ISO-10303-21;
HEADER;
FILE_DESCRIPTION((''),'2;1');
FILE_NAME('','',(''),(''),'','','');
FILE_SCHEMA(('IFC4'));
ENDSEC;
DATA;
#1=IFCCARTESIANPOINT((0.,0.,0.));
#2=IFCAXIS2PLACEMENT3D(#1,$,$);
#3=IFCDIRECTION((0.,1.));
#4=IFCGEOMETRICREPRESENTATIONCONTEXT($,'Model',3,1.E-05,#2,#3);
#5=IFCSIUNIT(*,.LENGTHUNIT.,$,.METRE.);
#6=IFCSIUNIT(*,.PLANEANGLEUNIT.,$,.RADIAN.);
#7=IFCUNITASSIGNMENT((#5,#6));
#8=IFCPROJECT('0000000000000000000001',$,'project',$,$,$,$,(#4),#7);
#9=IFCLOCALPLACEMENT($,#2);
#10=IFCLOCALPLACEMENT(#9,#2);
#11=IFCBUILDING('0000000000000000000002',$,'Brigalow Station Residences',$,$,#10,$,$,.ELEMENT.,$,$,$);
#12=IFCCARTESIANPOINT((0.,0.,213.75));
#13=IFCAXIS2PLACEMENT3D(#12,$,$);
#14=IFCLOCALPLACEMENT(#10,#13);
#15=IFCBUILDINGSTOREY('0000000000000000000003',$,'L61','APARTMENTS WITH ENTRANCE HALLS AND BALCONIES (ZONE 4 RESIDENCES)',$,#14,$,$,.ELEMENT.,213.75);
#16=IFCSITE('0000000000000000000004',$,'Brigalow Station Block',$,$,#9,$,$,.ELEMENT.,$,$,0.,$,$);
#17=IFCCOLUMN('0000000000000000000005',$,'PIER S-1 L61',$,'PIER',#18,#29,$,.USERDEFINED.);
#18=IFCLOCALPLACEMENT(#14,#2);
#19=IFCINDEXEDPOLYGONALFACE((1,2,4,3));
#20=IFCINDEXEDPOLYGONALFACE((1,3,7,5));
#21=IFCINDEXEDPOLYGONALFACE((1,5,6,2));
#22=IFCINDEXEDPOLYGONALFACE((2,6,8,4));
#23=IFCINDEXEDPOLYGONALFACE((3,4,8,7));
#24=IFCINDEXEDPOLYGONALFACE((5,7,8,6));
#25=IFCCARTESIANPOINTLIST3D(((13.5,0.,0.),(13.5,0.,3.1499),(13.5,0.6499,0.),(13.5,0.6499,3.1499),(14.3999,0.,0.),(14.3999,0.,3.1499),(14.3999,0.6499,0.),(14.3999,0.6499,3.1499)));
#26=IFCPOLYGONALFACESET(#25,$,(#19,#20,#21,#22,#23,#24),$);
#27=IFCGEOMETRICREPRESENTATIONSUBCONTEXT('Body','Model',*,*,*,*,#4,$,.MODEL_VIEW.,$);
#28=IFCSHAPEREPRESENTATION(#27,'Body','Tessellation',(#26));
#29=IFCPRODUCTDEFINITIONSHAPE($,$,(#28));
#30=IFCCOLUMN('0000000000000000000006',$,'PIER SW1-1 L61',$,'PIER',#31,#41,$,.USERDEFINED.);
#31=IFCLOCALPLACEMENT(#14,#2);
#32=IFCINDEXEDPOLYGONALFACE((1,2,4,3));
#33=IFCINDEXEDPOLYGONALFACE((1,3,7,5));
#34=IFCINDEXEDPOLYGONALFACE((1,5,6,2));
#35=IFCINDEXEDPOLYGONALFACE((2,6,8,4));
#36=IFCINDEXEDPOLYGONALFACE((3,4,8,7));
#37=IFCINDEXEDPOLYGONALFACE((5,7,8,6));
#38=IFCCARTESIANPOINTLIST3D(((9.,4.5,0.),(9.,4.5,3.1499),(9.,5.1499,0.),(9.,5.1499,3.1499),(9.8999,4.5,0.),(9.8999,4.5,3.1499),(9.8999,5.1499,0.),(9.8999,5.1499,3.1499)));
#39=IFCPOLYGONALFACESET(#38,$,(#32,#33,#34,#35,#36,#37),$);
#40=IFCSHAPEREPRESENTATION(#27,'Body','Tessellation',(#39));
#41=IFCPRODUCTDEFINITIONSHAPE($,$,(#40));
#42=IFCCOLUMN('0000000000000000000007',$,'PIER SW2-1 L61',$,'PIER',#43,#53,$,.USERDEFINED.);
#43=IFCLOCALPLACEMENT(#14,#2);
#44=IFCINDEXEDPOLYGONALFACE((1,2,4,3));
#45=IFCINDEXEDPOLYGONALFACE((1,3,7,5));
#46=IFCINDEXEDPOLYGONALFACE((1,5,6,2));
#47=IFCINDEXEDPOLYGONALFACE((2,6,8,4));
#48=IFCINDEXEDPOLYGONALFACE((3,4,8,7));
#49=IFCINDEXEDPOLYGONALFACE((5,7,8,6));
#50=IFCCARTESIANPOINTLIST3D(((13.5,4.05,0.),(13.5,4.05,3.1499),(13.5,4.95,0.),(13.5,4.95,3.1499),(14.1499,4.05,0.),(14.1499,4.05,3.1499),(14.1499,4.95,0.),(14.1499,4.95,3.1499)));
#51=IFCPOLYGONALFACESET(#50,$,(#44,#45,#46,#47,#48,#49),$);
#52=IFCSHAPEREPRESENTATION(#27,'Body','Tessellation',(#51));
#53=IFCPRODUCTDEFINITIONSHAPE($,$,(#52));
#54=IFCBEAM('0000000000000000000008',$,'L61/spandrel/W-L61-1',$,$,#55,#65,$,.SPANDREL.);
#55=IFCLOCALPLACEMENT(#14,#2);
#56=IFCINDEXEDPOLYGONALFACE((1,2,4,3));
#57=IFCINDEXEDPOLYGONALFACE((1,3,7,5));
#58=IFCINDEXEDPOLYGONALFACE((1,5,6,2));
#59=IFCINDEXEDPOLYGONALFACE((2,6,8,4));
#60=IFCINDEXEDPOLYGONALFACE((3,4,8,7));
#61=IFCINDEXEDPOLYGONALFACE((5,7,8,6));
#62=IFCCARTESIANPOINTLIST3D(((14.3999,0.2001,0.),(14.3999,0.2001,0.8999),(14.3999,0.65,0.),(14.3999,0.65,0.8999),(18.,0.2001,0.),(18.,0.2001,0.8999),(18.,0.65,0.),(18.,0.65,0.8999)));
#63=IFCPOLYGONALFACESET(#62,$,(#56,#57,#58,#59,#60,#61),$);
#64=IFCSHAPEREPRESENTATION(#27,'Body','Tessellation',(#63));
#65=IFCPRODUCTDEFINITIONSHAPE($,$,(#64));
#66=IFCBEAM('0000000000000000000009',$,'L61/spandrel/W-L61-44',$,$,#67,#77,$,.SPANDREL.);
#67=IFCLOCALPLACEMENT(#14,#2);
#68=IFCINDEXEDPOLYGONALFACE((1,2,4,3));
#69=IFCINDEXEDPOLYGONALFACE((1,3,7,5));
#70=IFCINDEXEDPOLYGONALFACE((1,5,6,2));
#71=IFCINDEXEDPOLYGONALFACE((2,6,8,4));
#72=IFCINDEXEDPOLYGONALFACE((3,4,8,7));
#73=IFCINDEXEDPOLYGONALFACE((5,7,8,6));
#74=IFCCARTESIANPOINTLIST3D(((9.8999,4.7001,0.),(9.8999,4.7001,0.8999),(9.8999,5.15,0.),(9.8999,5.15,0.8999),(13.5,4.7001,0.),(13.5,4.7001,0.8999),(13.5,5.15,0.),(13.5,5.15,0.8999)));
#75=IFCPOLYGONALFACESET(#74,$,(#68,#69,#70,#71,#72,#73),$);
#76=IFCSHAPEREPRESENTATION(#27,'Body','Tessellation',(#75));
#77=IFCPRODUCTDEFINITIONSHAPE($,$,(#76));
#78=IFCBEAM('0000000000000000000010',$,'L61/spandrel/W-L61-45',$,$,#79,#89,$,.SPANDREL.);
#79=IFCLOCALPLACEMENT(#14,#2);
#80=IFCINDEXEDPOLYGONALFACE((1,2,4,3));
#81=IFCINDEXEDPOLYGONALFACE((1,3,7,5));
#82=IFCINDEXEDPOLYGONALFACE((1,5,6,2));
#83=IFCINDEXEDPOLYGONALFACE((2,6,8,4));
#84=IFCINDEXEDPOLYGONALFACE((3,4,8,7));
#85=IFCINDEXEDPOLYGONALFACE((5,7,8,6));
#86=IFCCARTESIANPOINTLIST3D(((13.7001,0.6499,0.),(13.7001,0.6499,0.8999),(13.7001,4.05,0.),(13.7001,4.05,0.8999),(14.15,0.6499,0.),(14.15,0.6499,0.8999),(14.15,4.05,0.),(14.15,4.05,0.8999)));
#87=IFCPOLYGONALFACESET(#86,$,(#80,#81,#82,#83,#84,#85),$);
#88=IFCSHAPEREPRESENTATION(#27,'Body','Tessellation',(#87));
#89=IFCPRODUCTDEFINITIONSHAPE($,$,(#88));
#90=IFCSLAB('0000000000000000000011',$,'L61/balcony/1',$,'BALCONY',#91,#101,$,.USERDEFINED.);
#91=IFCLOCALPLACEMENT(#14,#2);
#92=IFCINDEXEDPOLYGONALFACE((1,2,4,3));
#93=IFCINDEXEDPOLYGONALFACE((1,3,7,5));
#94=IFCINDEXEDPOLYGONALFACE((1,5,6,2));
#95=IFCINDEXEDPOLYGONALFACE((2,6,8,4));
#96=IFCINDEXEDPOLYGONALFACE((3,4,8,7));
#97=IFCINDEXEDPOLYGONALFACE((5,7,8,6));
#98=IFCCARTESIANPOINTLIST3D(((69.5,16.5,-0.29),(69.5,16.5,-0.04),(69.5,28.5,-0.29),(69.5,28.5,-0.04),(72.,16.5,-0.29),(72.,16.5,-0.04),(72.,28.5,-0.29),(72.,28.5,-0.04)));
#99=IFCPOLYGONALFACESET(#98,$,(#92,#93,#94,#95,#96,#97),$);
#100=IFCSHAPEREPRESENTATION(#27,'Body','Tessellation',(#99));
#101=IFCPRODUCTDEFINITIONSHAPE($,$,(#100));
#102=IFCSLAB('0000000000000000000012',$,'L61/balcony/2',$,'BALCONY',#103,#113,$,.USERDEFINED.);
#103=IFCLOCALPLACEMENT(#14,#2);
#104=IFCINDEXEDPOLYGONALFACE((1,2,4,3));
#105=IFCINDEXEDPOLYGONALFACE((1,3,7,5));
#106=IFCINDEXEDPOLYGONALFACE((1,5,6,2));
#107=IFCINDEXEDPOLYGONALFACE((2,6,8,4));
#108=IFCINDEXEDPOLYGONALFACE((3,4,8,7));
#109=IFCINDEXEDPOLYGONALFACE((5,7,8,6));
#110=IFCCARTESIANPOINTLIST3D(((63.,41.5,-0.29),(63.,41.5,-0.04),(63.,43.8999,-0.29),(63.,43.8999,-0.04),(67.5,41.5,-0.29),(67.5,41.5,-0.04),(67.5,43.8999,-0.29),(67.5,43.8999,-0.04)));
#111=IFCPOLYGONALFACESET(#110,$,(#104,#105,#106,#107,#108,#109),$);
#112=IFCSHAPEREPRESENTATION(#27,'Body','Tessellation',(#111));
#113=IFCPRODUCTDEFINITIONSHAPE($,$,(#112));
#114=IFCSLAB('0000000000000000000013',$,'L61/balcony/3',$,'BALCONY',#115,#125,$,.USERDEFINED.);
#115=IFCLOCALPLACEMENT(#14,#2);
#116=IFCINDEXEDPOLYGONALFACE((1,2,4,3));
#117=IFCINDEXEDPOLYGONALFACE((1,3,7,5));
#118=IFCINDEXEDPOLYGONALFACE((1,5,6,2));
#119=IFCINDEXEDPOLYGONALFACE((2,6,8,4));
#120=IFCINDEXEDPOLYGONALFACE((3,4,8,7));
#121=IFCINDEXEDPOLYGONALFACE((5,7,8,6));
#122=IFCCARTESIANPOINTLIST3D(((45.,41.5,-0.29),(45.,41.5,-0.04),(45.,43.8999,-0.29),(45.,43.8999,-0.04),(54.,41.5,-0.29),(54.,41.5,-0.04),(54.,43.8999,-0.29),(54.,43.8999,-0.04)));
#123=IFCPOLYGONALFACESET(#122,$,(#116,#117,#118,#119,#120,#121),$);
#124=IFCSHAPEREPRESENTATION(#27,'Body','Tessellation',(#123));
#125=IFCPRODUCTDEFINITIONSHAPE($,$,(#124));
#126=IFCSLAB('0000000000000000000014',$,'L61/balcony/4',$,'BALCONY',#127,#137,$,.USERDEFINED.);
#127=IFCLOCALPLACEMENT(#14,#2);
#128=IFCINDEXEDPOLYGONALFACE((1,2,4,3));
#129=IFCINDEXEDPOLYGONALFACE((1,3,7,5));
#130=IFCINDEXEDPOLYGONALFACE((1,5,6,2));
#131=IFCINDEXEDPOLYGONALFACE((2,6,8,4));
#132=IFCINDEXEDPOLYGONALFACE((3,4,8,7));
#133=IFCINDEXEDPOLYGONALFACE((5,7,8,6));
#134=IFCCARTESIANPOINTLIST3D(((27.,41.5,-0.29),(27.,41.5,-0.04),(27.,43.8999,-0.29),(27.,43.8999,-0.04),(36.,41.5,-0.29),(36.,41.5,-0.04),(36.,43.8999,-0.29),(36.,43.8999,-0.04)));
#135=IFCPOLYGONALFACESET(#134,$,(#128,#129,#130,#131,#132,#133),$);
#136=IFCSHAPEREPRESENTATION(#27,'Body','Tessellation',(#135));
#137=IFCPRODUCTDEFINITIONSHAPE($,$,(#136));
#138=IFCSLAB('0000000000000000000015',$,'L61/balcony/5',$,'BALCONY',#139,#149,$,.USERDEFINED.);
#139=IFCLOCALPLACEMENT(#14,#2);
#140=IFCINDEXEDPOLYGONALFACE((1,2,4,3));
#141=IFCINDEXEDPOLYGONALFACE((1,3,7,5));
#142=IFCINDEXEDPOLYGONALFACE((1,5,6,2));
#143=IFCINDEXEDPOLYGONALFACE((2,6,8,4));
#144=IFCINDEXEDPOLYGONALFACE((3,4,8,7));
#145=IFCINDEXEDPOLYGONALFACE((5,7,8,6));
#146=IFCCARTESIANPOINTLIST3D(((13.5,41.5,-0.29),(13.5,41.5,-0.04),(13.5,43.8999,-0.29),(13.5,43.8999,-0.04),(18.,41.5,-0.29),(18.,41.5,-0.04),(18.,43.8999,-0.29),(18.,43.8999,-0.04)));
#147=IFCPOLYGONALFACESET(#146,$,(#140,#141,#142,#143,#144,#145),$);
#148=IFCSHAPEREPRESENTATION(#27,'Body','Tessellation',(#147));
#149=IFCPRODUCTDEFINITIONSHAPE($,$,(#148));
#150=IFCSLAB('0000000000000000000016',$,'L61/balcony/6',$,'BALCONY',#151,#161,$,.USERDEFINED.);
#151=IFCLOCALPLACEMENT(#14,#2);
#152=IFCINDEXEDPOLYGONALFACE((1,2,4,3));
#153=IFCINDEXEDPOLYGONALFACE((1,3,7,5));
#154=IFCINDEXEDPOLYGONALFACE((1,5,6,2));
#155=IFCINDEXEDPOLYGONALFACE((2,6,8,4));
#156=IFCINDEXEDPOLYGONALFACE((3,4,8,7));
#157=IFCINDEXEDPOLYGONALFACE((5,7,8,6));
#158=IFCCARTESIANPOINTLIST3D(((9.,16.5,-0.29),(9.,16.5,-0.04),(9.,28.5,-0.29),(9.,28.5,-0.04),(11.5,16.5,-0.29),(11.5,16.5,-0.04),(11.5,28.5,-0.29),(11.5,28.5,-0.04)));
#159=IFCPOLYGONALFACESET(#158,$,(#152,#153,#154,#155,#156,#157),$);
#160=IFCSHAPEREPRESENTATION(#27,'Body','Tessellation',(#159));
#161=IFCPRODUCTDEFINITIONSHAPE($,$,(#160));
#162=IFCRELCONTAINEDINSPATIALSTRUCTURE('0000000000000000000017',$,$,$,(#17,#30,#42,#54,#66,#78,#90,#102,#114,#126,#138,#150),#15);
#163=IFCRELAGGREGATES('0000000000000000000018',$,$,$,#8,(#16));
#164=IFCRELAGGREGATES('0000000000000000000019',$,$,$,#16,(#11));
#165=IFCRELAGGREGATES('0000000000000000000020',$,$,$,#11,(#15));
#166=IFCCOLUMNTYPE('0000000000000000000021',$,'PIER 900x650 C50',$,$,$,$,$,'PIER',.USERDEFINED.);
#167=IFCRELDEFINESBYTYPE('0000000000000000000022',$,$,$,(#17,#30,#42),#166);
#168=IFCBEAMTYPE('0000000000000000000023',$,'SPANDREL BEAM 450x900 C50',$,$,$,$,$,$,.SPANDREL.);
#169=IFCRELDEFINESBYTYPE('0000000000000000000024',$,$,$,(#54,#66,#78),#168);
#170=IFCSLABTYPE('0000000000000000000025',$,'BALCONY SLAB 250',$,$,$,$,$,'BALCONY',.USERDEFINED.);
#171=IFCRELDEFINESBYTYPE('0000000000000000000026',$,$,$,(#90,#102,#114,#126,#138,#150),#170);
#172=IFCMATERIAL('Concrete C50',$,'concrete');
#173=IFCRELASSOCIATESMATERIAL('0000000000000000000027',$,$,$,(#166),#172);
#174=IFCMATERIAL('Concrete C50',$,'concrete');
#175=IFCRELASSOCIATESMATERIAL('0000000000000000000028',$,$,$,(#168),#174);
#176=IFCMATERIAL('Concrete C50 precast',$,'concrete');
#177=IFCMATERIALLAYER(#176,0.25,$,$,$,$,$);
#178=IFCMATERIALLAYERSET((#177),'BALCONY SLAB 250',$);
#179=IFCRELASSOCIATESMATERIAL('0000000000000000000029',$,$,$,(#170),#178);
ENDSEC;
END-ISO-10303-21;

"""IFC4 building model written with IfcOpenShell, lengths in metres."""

from ifc_helpers import new_model, si_unit, direction, frame, origin, origin_2d, place, context, subcontext, project, spatial, polyline, rectangle, outline, extrude, material, layer, layer_set, material_profile, profile_set, type_object, element, save


model = new_model("IFC4")

# Units and contexts
model_context = context("Model", 3, precision=1e-05, world=origin(), true_north=direction((0.0, 1.0)))
body_context = subcontext(model_context, "Body", "Model", "MODEL_VIEW")
ifc_project = project(units=[si_unit("LENGTHUNIT", "METRE"), si_unit("PLANEANGLEUNIT", "RADIAN")], contexts=[model_context])

# Site, building, storey
site_placement = place(None, origin())
site = spatial("IfcSite", under=ifc_project, at=site_placement, Name="Brigalow Station Block", CompositionType="ELEMENT", RefElevation=0.0)
building_placement = place(site_placement, origin())
building = spatial("IfcBuilding", under=site, at=building_placement, Name="Brigalow Station Residences", CompositionType="ELEMENT")
storey_placement = place(building_placement, frame((0.0, 0.0, 213.75)))
storey = spatial("IfcBuildingStorey", under=building, at=storey_placement, Name="L61", Description="APARTMENTS WITH ENTRANCE HALLS AND BALCONIES (ZONE 4 RESIDENCES)", CompositionType="ELEMENT", Elevation=213.75)

# Columns
ifc_material_1 = material(Name="Concrete C50", Category="concrete")
ifc_material_profile_1 = material_profile(ifc_material_1, rectangle(XDim=0.8999, YDim=0.6499, at=origin_2d()), Name="RC900x650")
ifc_profile_set_1 = profile_set([ifc_material_profile_1], Name="Concrete C50")
column_type = type_object("IfcColumnType", Name="PIER 900x650 C50", ElementType="PIER", PredefinedType="USERDEFINED", material=ifc_profile_set_1)
for number, where, z_axis, x_axis, name in (
    (1, (13.95, 0.325, 0.0), (0.0, 0.0, 1.0), (1.0, 0.0, 0.0), "PIER S-1 L61"),
    (2, (9.45, 4.825, 0.0), (0.0, 0.0, 1.0), (1.0, 0.0, 0.0), "PIER SW1-1 L61"),
    (3, (13.825, 4.5, 0.0), (0.0, 0.0, 1.0), (0.0, -1.0, 0.0), "PIER SW2-1 L61"),
):
    element("IfcColumn", number, at=place(storey_placement, frame(where, z_axis=z_axis, x_axis=x_axis)), inside=storey, type_object=column_type, Name=name, ObjectType="PIER", PredefinedType="USERDEFINED", context=body_context, shape_type="SweptSolid", body=[
        extrude(rectangle(XDim=0.8999, YDim=0.6499, at=origin_2d()), origin(), (0.0, 0.0, 1.0), 3.1499),
    ])

# Beams
ifc_material_2 = material(Name="Concrete C50", Category="concrete")
ifc_material_profile_2 = material_profile(ifc_material_2, rectangle(XDim=0.45, YDim=0.8999, at=origin_2d()), Name="RC450x900")
ifc_profile_set_2 = profile_set([ifc_material_profile_2], Name="Concrete C50")
beam_type = type_object("IfcBeamType", Name="SPANDREL BEAM 450x900 C50", PredefinedType="SPANDREL", material=ifc_profile_set_2)
for number, where, z_axis, x_axis, name in (
    (4, (14.3999, 0.425, 0.45), (1.0, 0.0, 0.0), (0.0, 1.0, 0.0), "L61/spandrel/W-L61-1"),
    (5, (9.8999, 4.925, 0.45), (1.0, 0.0, 0.0), (0.0, 1.0, 0.0), "L61/spandrel/W-L61-44"),
):
    element("IfcBeam", number, at=place(storey_placement, frame(where, z_axis=z_axis, x_axis=x_axis)), inside=storey, type_object=beam_type, Name=name, PredefinedType="SPANDREL", context=body_context, shape_type="SweptSolid", body=[
        extrude(rectangle(XDim=0.45, YDim=0.8999, at=origin_2d()), origin(), (0.0, 0.0, 1.0), 3.6001),
    ])
beam_placement = place(storey_placement, frame((13.925, 4.05, 0.45), z_axis=(0.0, -1.0, 0.0), x_axis=(1.0, 0.0, 0.0)))
element("IfcBeam", 6, at=beam_placement, inside=storey, type_object=beam_type, Name="L61/spandrel/W-L61-45", PredefinedType="SPANDREL", context=body_context, shape_type="SweptSolid", body=[
    extrude(rectangle(XDim=0.45, YDim=0.8999, at=origin_2d()), origin(), (0.0, 0.0, 1.0), 3.4001),
])

# Slabs
ifc_material_3 = material(Name="Concrete C50 precast", Category="concrete")
ifc_layer_1 = layer(ifc_material_3, 0.25)
ifc_layer_set_1 = layer_set([ifc_layer_1], Name="BALCONY SLAB 250")
slab_type_1 = type_object("IfcSlabType", Name="BALCONY SLAB 250", ElementType="BALCONY", PredefinedType="USERDEFINED", material=ifc_layer_set_1)
slab_1_placement = place(storey_placement, frame((0.0, 0.0, -0.29)))
element("IfcSlab", 7, at=slab_1_placement, inside=storey, type_object=slab_type_1, Name="L61/balcony/1", ObjectType="BALCONY", PredefinedType="USERDEFINED", context=body_context, shape_type="SweptSolid", body=[
    extrude(outline(polyline([(69.5, 16.5), (72.0, 16.5), (72.0, 28.5), (69.5, 28.5), (69.5, 16.5)])), origin(), (0.0, 0.0, 1.0), 0.25),
])
slab_2_placement = place(storey_placement, frame((0.0, 0.0, -0.29)))
element("IfcSlab", 8, at=slab_2_placement, inside=storey, type_object=slab_type_1, Name="L61/balcony/2", ObjectType="BALCONY", PredefinedType="USERDEFINED", context=body_context, shape_type="SweptSolid", body=[
    extrude(outline(polyline([(67.5, 41.5), (67.5, 43.8999), (63.0, 43.8999), (63.0, 41.5), (67.5, 41.5)])), origin(), (0.0, 0.0, 1.0), 0.25),
])
slab_3_placement = place(storey_placement, frame((0.0, 0.0, -0.29)))
element("IfcSlab", 9, at=slab_3_placement, inside=storey, type_object=slab_type_1, Name="L61/balcony/3", ObjectType="BALCONY", PredefinedType="USERDEFINED", context=body_context, shape_type="SweptSolid", body=[
    extrude(outline(polyline([(54.0, 41.5), (54.0, 43.8999), (45.0, 43.8999), (45.0, 41.5), (54.0, 41.5)])), origin(), (0.0, 0.0, 1.0), 0.25),
])
slab_4_placement = place(storey_placement, frame((0.0, 0.0, -0.29)))
element("IfcSlab", 10, at=slab_4_placement, inside=storey, type_object=slab_type_1, Name="L61/balcony/4", ObjectType="BALCONY", PredefinedType="USERDEFINED", context=body_context, shape_type="SweptSolid", body=[
    extrude(outline(polyline([(36.0, 41.5), (36.0, 43.8999), (27.0, 43.8999), (27.0, 41.5), (36.0, 41.5)])), origin(), (0.0, 0.0, 1.0), 0.25),
])
slab_5_placement = place(storey_placement, frame((0.0, 0.0, -0.29)))
element("IfcSlab", 11, at=slab_5_placement, inside=storey, type_object=slab_type_1, Name="L61/balcony/5", ObjectType="BALCONY", PredefinedType="USERDEFINED", context=body_context, shape_type="SweptSolid", body=[
    extrude(outline(polyline([(18.0, 41.5), (18.0, 43.8999), (13.5, 43.8999), (13.5, 41.5), (18.0, 41.5)])), origin(), (0.0, 0.0, 1.0), 0.25),
])
slab_6_placement = place(storey_placement, frame((0.0, 0.0, -0.29)))
element("IfcSlab", 12, at=slab_6_placement, inside=storey, type_object=slab_type_1, Name="L61/balcony/6", ObjectType="BALCONY", PredefinedType="USERDEFINED", context=body_context, shape_type="SweptSolid", body=[
    extrude(outline(polyline([(11.5, 28.5), (9.0, 28.5), (9.0, 16.5), (11.5, 16.5), (11.5, 28.5)])), origin(), (0.0, 0.0, 1.0), 0.25),
])

save(model, "model.ifc")
